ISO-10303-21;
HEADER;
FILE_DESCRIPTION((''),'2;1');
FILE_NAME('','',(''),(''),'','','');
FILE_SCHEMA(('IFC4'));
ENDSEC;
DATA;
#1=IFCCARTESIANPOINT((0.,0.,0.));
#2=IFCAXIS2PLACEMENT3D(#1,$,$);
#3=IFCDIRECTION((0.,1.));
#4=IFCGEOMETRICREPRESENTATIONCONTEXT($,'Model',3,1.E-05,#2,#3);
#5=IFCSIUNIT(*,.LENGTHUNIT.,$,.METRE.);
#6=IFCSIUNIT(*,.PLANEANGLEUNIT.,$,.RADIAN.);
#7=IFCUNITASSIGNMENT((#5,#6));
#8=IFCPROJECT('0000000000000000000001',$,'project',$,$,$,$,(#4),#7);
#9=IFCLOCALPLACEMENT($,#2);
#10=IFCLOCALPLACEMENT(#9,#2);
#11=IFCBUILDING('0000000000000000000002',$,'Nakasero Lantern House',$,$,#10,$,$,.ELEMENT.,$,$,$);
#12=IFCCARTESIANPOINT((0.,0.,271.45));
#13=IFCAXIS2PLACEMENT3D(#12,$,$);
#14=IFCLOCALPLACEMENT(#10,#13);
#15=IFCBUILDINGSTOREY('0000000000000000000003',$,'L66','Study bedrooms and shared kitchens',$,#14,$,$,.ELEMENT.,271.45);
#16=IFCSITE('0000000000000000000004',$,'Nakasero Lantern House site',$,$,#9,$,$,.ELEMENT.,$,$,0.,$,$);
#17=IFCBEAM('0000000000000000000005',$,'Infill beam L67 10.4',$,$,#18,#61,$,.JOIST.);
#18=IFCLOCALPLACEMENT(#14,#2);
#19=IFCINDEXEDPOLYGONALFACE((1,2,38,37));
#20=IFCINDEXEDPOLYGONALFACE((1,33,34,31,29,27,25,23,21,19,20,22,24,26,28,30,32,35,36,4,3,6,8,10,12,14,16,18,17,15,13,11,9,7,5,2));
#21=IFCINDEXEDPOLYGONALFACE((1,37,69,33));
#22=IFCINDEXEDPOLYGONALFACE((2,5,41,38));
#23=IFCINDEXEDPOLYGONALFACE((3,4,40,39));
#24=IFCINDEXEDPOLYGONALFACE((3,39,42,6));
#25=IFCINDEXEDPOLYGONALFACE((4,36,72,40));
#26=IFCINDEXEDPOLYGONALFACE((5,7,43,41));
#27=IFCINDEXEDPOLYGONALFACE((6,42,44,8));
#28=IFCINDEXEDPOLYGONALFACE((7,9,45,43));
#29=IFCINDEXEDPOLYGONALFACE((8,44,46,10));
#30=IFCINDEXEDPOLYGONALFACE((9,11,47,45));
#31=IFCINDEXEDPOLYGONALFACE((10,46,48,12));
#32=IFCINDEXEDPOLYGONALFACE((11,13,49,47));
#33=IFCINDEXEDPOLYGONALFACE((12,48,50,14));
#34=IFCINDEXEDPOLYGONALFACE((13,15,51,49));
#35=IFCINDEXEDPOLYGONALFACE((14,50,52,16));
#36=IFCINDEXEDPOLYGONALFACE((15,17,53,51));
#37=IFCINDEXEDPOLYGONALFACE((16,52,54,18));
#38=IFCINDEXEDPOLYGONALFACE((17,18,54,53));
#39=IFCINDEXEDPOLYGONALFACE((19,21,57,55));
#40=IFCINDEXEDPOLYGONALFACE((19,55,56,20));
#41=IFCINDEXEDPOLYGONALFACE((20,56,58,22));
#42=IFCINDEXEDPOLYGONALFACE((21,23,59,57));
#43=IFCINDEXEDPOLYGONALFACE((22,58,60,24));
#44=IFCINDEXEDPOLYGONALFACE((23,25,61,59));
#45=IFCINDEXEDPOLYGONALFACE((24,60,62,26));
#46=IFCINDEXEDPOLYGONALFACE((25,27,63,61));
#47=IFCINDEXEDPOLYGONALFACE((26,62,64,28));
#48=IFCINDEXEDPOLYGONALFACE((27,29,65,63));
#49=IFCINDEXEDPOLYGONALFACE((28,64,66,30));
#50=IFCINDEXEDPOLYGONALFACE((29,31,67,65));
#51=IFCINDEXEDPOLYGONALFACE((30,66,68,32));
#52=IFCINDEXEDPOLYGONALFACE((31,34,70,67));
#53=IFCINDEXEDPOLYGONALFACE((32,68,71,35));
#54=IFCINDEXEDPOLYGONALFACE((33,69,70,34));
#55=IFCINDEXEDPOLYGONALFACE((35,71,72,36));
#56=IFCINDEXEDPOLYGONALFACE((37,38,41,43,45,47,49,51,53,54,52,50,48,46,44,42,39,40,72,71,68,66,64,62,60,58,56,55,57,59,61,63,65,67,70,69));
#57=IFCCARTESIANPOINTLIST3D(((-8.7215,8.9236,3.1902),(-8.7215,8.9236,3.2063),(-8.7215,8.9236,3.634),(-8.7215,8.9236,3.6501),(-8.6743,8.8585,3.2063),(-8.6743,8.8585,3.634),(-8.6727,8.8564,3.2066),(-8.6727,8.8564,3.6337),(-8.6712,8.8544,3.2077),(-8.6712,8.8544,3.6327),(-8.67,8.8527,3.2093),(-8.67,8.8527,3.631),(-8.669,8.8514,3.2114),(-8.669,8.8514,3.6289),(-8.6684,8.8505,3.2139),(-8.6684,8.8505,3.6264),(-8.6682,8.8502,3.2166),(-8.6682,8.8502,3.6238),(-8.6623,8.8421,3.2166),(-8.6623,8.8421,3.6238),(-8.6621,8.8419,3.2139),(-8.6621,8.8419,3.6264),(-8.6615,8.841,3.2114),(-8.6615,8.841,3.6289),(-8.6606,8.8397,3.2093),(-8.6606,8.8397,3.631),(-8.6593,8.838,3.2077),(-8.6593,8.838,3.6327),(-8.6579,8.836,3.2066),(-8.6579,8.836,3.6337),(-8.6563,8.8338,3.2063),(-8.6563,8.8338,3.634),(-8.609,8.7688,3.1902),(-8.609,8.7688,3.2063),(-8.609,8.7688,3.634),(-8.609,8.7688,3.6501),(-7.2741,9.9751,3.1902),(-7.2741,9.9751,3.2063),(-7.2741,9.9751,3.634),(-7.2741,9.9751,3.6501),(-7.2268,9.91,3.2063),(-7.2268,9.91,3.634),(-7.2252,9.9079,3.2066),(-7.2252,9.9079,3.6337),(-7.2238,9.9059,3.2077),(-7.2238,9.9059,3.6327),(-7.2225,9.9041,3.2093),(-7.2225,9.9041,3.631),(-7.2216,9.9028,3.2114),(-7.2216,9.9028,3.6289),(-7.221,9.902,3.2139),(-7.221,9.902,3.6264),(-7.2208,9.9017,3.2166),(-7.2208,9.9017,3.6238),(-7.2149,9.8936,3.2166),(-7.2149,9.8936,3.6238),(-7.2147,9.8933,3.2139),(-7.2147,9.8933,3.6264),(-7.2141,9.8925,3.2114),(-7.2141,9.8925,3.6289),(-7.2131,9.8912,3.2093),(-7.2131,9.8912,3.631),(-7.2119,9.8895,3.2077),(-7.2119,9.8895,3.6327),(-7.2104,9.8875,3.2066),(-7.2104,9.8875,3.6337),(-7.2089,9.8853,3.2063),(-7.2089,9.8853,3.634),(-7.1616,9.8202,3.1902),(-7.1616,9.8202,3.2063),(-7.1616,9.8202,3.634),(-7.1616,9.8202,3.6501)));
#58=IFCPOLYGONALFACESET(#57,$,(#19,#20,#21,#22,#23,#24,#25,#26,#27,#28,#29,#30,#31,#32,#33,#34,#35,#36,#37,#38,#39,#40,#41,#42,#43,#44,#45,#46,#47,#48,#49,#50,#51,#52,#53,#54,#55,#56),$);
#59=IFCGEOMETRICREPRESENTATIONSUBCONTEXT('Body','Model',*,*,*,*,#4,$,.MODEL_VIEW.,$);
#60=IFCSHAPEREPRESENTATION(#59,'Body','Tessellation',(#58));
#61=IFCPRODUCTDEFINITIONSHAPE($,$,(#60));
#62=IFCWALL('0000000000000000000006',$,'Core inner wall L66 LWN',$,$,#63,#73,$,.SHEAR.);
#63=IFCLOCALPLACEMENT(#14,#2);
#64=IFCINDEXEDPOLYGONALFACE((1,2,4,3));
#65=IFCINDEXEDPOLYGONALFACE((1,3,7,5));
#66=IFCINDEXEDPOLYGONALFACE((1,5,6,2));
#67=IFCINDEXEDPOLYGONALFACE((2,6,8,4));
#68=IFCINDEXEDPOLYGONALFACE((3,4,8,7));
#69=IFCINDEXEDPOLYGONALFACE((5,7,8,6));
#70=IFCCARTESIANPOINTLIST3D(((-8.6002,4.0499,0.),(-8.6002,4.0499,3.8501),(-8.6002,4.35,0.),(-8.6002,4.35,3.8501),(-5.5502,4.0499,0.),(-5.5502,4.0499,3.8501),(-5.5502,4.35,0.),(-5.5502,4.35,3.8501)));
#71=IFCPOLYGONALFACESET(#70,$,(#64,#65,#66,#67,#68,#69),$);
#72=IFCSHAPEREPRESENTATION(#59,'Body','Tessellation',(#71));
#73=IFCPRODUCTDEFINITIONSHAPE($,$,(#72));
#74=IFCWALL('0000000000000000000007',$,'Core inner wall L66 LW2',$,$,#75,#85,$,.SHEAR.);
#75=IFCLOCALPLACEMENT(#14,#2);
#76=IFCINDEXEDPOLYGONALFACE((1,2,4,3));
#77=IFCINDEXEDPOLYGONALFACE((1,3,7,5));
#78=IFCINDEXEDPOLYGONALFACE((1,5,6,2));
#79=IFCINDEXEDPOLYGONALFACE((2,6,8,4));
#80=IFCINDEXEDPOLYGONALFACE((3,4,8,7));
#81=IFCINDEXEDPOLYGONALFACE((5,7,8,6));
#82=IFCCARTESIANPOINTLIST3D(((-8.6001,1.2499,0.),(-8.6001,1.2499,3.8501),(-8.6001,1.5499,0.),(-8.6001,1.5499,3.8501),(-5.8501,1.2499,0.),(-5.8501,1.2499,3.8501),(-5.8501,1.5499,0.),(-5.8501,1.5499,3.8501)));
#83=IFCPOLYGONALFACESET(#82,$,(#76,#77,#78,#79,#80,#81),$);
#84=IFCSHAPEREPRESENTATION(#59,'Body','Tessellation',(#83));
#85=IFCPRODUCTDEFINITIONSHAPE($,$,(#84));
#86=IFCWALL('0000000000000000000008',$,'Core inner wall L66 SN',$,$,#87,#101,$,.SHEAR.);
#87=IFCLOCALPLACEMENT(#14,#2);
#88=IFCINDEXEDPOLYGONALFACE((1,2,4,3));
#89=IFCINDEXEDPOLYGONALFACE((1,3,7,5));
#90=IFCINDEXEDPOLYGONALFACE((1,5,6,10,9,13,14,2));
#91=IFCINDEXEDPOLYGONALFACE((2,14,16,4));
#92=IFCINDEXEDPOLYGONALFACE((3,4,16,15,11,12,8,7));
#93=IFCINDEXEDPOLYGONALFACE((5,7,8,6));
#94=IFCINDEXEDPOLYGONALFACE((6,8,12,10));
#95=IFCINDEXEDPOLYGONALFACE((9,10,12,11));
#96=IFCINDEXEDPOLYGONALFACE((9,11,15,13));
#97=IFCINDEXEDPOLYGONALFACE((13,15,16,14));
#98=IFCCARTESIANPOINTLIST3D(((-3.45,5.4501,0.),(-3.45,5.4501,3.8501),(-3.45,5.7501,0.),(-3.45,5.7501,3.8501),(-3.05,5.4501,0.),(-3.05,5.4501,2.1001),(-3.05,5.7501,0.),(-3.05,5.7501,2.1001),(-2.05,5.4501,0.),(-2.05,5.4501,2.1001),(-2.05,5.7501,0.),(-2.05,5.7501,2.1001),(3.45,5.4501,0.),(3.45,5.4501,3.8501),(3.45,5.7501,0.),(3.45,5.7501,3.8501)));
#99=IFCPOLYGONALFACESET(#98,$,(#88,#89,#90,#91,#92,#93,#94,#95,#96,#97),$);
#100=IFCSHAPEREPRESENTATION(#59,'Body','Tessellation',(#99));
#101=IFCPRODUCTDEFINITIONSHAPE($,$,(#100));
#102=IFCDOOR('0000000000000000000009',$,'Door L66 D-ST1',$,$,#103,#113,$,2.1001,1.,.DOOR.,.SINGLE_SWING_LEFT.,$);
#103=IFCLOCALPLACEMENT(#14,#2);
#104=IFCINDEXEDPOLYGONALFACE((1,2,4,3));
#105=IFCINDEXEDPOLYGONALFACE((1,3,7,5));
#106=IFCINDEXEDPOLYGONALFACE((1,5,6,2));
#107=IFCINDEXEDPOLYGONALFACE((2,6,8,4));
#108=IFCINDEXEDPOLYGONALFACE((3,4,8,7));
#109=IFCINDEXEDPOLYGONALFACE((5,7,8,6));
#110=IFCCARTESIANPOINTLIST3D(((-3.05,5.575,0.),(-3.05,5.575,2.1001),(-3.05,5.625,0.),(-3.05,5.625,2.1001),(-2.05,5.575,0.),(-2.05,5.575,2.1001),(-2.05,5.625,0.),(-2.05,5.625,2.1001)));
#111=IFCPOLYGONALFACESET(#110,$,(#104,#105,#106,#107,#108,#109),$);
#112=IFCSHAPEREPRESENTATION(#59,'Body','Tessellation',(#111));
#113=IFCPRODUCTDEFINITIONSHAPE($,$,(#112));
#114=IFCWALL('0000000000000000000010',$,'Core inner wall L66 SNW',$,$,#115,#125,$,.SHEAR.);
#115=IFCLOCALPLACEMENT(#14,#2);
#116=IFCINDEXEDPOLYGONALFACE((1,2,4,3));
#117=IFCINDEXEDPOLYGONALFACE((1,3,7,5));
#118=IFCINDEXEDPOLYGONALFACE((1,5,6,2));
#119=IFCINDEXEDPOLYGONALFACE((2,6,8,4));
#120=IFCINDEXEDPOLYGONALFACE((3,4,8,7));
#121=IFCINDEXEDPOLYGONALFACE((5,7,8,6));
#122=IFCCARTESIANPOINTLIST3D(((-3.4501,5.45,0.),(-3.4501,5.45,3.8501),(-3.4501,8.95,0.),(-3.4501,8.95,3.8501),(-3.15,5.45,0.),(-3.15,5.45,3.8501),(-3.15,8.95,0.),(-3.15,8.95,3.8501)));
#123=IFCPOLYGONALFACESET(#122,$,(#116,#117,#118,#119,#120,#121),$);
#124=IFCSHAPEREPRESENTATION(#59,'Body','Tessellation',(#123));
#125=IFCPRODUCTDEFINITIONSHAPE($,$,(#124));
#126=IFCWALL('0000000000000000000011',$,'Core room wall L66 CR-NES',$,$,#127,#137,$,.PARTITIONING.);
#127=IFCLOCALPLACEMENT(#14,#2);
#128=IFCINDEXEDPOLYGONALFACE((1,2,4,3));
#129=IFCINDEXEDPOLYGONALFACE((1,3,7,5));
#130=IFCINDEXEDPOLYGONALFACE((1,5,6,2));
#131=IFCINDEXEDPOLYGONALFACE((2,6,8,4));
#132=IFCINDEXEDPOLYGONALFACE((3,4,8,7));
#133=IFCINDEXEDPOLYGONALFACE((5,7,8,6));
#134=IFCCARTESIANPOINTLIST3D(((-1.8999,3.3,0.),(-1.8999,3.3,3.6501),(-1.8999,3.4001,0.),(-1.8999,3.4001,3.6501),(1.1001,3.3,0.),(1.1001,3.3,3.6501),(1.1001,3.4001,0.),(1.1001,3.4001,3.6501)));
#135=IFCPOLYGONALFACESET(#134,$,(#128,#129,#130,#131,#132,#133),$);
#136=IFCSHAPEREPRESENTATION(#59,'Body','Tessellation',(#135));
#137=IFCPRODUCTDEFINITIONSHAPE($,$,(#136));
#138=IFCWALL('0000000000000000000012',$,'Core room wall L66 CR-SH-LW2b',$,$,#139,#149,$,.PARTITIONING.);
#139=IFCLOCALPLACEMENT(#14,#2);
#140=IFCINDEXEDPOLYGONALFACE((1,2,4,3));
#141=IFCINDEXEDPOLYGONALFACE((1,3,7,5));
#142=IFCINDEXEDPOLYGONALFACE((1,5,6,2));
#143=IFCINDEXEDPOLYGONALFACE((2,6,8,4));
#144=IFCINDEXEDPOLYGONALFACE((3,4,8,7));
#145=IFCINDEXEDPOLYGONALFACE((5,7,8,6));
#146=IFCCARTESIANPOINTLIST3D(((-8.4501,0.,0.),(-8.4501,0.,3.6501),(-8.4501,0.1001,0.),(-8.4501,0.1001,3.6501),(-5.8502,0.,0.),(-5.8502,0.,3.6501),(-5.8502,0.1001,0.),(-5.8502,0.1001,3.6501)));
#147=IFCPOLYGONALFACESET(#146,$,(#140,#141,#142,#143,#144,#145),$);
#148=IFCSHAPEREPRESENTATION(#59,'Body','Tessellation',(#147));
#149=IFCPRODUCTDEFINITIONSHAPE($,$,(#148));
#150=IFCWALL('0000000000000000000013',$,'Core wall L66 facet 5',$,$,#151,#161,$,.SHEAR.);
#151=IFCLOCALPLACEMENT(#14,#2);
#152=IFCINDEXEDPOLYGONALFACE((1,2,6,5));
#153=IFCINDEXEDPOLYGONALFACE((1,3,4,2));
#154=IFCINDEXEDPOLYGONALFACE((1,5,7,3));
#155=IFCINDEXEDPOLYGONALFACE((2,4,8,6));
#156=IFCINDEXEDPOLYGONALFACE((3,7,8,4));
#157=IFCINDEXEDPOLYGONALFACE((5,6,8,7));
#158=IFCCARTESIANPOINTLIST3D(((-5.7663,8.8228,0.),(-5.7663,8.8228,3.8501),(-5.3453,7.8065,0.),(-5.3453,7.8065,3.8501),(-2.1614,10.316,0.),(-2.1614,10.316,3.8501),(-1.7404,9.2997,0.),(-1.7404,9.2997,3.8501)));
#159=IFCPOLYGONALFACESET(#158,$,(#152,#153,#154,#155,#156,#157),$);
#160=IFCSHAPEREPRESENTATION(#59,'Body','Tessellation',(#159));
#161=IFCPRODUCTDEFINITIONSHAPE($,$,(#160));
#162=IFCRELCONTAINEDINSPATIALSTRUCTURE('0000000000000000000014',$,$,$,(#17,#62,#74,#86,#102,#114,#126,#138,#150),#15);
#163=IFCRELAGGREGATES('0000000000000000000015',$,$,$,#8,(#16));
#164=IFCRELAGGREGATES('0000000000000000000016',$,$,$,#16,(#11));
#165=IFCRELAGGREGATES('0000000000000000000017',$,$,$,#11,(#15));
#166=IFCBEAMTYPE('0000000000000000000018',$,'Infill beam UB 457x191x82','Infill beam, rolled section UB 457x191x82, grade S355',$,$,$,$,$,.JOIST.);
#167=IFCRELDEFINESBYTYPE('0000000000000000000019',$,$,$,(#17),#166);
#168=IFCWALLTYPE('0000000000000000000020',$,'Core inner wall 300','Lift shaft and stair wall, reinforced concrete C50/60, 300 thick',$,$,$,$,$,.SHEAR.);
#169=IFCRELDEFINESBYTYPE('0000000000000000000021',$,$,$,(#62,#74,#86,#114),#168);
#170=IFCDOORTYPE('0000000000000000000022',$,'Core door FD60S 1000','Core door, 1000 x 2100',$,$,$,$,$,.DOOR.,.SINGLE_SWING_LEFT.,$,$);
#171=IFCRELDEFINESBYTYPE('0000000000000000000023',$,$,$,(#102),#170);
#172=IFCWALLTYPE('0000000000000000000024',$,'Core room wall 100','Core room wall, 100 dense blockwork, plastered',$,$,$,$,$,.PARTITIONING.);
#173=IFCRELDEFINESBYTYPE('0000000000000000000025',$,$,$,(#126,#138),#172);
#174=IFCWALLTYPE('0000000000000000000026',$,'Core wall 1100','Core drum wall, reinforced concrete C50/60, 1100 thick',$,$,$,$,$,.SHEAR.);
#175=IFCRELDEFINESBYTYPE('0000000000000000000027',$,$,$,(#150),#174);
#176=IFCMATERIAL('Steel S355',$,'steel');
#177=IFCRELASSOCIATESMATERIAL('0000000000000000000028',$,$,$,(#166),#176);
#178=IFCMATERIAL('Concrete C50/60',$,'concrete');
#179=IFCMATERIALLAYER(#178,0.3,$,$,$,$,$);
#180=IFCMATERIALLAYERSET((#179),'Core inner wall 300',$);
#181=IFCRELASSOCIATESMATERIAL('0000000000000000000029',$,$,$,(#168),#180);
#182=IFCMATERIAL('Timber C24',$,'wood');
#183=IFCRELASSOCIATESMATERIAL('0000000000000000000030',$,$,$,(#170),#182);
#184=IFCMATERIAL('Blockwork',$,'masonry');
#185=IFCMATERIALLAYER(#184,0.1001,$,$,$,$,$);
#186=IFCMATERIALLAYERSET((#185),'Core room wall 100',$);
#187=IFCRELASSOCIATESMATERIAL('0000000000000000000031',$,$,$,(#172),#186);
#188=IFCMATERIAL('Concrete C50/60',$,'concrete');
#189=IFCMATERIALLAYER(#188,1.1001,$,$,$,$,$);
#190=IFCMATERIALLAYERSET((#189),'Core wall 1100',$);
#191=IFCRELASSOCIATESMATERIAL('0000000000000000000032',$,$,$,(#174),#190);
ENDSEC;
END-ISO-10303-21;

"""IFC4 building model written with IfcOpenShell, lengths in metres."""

from ifc_helpers import new_model, si_unit, direction, frame, frame_2d, origin, origin_2d, place, context, subcontext, project, spatial, rectangle, i_section, extrude, material, layer, layer_set, material_profile, profile_set, type_object, element, fill, save


model = new_model("IFC4")

# Units and contexts
model_context = context("Model", 3, precision=1e-05, world=origin(), true_north=direction((0.0, 1.0)))
body_context = subcontext(model_context, "Body", "Model", "MODEL_VIEW")
ifc_project = project(units=[si_unit("LENGTHUNIT", "METRE"), si_unit("PLANEANGLEUNIT", "RADIAN")], contexts=[model_context])

# Site, building, storey
site_placement = place(None, origin())
site = spatial("IfcSite", under=ifc_project, at=site_placement, Name="Nakasero Lantern House site", CompositionType="ELEMENT", RefElevation=0.0)
building_placement = place(site_placement, origin())
building = spatial("IfcBuilding", under=site, at=building_placement, Name="Nakasero Lantern House", CompositionType="ELEMENT")
storey_placement = place(building_placement, frame((0.0, 0.0, 271.45)))
storey = spatial("IfcBuildingStorey", under=building, at=storey_placement, Name="L66", Description="Study bedrooms and shared kitchens", CompositionType="ELEMENT", Elevation=271.45)

# Beam
ifc_material_1 = material(Name="Steel S355", Category="steel")
ifc_material_profile = material_profile(ifc_material_1, i_section(OverallWidth=0.1914, OverallDepth=0.46, WebThickness=0.01, FlangeThickness=0.0161, FilletRadius=0.0103, at=origin_2d()), Name="UB 457x191x82")
ifc_profile_set = profile_set([ifc_material_profile], Name="Steel S355")
beam_type = type_object("IfcBeamType", Name="Infill beam UB 457x191x82", Description="Infill beam, rolled section UB 457x191x82, grade S355", PredefinedType="JOIST", material=ifc_profile_set)
beam_placement = place(storey_placement, frame((-8.6653, 8.8462, 3.4202), z_axis=(0.809061, 0.587725, 0.0), x_axis=(-0.587725, 0.809061, 0.0)))
element("IfcBeam", 1, at=beam_placement, inside=storey, type_object=beam_type, Name="Infill beam L67 10.4", PredefinedType="JOIST", context=body_context, shape_type="SweptSolid", body=[
    extrude(i_section(OverallWidth=0.1914, OverallDepth=0.46, WebThickness=0.01, FlangeThickness=0.0161, FilletRadius=0.0103, at=origin_2d()), origin(), (0.0, 0.0, 1.0), 1.7891),
])

# Walls
ifc_material_2 = material(Name="Concrete C50/60", Category="concrete")
ifc_layer_1 = layer(ifc_material_2, 0.3)
ifc_layer_set_1 = layer_set([ifc_layer_1], Name="Core inner wall 300")
wall_type_1 = type_object("IfcWallType", Name="Core inner wall 300", Description="Lift shaft and stair wall, reinforced concrete C50/60, 300 thick", PredefinedType="SHEAR", material=ifc_layer_set_1)
wall_1_placement = place(storey_placement, frame((-8.6001, 4.2, 0.0), z_axis=(0.0, 0.0, 1.0), x_axis=(1.0, 0.0, 0.0)))
element("IfcWall", 2, at=wall_1_placement, inside=storey, type_object=wall_type_1, Name="Core inner wall L66 LWN", PredefinedType="SHEAR", context=body_context, shape_type="SweptSolid", body=[
    extrude(rectangle(XDim=3.05, YDim=0.3, at=frame_2d((1.5249, 0.0))), origin(), (0.0, 0.0, 1.0), 3.8501),
])
wall_2_placement = place(storey_placement, frame((-8.6001, 1.3999, 0.0), z_axis=(0.0, 0.0, 1.0), x_axis=(1.0, 0.0, 0.0)))
element("IfcWall", 3, at=wall_2_placement, inside=storey, type_object=wall_type_1, Name="Core inner wall L66 LW2", PredefinedType="SHEAR", context=body_context, shape_type="SweptSolid", body=[
    extrude(rectangle(XDim=2.75, YDim=0.3, at=frame_2d((1.375, 0.0))), origin(), (0.0, 0.0, 1.0), 3.8501),
])

# Wall, opening, door
wall_3_placement = place(storey_placement, frame((-3.45, 5.6001, 0.0), z_axis=(0.0, 0.0, 1.0), x_axis=(1.0, 0.0, 0.0)))
wall_3 = element("IfcWall", 4, at=wall_3_placement, inside=storey, type_object=wall_type_1, Name="Core inner wall L66 SN", PredefinedType="SHEAR", context=body_context, shape_type="SweptSolid", body=[
    extrude(rectangle(XDim=6.8999, YDim=0.3, at=frame_2d((3.45, 0.0))), origin(), (0.0, 0.0, 1.0), 3.8501),
])
opening_1_placement = place(wall_3_placement, frame((0.3999, 0.0, 0.0)))
opening_1 = element("IfcOpeningElement", 5, at=opening_1_placement, cuts=wall_3, PredefinedType="OPENING", context=body_context, shape_type="SweptSolid", body=[
    extrude(rectangle(XDim=1.0, YDim=2.1001, at=frame_2d((0.5, 1.05))), frame((0.0, 0.1699, 0.0), z_axis=(0.0, -1.0, 0.0), x_axis=(1.0, 0.0, 0.0)), (0.0, 0.0, 1.0), 0.3401),
])
ifc_material_3 = material(Name="Timber C24", Category="wood")
door_type = type_object("IfcDoorType", Name="Core door FD60S 1000", Description="Core door, 1000 x 2100", OperationType="SINGLE_SWING_LEFT", PredefinedType="DOOR", material=ifc_material_3)
door_1_placement = place(opening_1_placement, origin())
door_1 = element("IfcDoor", 6, at=door_1_placement, inside=storey, type_object=door_type, Name="Door L66 D-ST1", OperationType="SINGLE_SWING_LEFT", OverallHeight=2.1001, OverallWidth=1.0, PredefinedType="DOOR", context=body_context, shape_type="SweptSolid", body=[
    extrude(rectangle(XDim=1.0, YDim=2.1001, at=frame_2d((0.5, 1.05))), frame((0.0, 0.0249, 0.0), z_axis=(0.0, -1.0, 0.0), x_axis=(1.0, 0.0, 0.0)), (0.0, 0.0, 1.0), 0.05),
])
fill(opening_1, door_1)

# Walls
wall_4_placement = place(storey_placement, frame((-3.3, 5.45, 0.0), z_axis=(0.0, 0.0, 1.0), x_axis=(0.0, 1.0, 0.0)))
element("IfcWall", 7, at=wall_4_placement, inside=storey, type_object=wall_type_1, Name="Core inner wall L66 SNW", PredefinedType="SHEAR", context=body_context, shape_type="SweptSolid", body=[
    extrude(rectangle(XDim=3.5, YDim=0.3, at=frame_2d((1.75, 0.0))), origin(), (0.0, 0.0, 1.0), 3.8501),
])
ifc_material_4 = material(Name="Blockwork", Category="masonry")
ifc_layer_2 = layer(ifc_material_4, 0.1001)
ifc_layer_set_2 = layer_set([ifc_layer_2], Name="Core room wall 100")
wall_type_2 = type_object("IfcWallType", Name="Core room wall 100", Description="Core room wall, 100 dense blockwork, plastered", PredefinedType="PARTITIONING", material=ifc_layer_set_2)
wall_5_placement = place(storey_placement, frame((-1.8999, 3.3501, 0.0), z_axis=(0.0, 0.0, 1.0), x_axis=(1.0, 0.0, 0.0)))
element("IfcWall", 8, at=wall_5_placement, inside=storey, type_object=wall_type_2, Name="Core room wall L66 CR-NES", PredefinedType="PARTITIONING", context=body_context, shape_type="SweptSolid", body=[
    extrude(rectangle(XDim=3.0, YDim=0.1001, at=frame_2d((1.5, 0.0))), origin(), (0.0, 0.0, 1.0), 3.6501),
])
wall_6_placement = place(storey_placement, frame((-8.45, 0.05, 0.0), z_axis=(0.0, 0.0, 1.0), x_axis=(1.0, 0.0, 0.0)))
element("IfcWall", 9, at=wall_6_placement, inside=storey, type_object=wall_type_2, Name="Core room wall L66 CR-SH-LW2b", PredefinedType="PARTITIONING", context=body_context, shape_type="SweptSolid", body=[
    extrude(rectangle(XDim=2.5999, YDim=0.1001, at=frame_2d((1.2998, 0.0))), origin(), (0.0, 0.0, 1.0), 3.6501),
])
ifc_material_5 = material(Name="Concrete C50/60", Category="concrete")
ifc_layer_3 = layer(ifc_material_5, 1.1001)
ifc_layer_set_3 = layer_set([ifc_layer_3], Name="Core wall 1100")
wall_type_3 = type_object("IfcWallType", Name="Core wall 1100", Description="Core drum wall, reinforced concrete C50/60, 1100 thick", PredefinedType="SHEAR", material=ifc_layer_set_3)
wall_7_placement = place(storey_placement, frame((-1.9509, 9.8079, 0.0), z_axis=(0.0, 0.0, 1.0), x_axis=(-0.923877, -0.382691, 0.0)))
element("IfcWall", 10, at=wall_7_placement, inside=storey, type_object=wall_type_3, Name="Core wall L66 facet 5", PredefinedType="SHEAR", context=body_context, shape_type="SweptSolid", body=[
    extrude(rectangle(XDim=3.9019, YDim=1.1001, at=frame_2d((1.9509, 0.0))), origin(), (0.0, 0.0, 1.0), 3.8501),
])

save(model, "model.ifc")
